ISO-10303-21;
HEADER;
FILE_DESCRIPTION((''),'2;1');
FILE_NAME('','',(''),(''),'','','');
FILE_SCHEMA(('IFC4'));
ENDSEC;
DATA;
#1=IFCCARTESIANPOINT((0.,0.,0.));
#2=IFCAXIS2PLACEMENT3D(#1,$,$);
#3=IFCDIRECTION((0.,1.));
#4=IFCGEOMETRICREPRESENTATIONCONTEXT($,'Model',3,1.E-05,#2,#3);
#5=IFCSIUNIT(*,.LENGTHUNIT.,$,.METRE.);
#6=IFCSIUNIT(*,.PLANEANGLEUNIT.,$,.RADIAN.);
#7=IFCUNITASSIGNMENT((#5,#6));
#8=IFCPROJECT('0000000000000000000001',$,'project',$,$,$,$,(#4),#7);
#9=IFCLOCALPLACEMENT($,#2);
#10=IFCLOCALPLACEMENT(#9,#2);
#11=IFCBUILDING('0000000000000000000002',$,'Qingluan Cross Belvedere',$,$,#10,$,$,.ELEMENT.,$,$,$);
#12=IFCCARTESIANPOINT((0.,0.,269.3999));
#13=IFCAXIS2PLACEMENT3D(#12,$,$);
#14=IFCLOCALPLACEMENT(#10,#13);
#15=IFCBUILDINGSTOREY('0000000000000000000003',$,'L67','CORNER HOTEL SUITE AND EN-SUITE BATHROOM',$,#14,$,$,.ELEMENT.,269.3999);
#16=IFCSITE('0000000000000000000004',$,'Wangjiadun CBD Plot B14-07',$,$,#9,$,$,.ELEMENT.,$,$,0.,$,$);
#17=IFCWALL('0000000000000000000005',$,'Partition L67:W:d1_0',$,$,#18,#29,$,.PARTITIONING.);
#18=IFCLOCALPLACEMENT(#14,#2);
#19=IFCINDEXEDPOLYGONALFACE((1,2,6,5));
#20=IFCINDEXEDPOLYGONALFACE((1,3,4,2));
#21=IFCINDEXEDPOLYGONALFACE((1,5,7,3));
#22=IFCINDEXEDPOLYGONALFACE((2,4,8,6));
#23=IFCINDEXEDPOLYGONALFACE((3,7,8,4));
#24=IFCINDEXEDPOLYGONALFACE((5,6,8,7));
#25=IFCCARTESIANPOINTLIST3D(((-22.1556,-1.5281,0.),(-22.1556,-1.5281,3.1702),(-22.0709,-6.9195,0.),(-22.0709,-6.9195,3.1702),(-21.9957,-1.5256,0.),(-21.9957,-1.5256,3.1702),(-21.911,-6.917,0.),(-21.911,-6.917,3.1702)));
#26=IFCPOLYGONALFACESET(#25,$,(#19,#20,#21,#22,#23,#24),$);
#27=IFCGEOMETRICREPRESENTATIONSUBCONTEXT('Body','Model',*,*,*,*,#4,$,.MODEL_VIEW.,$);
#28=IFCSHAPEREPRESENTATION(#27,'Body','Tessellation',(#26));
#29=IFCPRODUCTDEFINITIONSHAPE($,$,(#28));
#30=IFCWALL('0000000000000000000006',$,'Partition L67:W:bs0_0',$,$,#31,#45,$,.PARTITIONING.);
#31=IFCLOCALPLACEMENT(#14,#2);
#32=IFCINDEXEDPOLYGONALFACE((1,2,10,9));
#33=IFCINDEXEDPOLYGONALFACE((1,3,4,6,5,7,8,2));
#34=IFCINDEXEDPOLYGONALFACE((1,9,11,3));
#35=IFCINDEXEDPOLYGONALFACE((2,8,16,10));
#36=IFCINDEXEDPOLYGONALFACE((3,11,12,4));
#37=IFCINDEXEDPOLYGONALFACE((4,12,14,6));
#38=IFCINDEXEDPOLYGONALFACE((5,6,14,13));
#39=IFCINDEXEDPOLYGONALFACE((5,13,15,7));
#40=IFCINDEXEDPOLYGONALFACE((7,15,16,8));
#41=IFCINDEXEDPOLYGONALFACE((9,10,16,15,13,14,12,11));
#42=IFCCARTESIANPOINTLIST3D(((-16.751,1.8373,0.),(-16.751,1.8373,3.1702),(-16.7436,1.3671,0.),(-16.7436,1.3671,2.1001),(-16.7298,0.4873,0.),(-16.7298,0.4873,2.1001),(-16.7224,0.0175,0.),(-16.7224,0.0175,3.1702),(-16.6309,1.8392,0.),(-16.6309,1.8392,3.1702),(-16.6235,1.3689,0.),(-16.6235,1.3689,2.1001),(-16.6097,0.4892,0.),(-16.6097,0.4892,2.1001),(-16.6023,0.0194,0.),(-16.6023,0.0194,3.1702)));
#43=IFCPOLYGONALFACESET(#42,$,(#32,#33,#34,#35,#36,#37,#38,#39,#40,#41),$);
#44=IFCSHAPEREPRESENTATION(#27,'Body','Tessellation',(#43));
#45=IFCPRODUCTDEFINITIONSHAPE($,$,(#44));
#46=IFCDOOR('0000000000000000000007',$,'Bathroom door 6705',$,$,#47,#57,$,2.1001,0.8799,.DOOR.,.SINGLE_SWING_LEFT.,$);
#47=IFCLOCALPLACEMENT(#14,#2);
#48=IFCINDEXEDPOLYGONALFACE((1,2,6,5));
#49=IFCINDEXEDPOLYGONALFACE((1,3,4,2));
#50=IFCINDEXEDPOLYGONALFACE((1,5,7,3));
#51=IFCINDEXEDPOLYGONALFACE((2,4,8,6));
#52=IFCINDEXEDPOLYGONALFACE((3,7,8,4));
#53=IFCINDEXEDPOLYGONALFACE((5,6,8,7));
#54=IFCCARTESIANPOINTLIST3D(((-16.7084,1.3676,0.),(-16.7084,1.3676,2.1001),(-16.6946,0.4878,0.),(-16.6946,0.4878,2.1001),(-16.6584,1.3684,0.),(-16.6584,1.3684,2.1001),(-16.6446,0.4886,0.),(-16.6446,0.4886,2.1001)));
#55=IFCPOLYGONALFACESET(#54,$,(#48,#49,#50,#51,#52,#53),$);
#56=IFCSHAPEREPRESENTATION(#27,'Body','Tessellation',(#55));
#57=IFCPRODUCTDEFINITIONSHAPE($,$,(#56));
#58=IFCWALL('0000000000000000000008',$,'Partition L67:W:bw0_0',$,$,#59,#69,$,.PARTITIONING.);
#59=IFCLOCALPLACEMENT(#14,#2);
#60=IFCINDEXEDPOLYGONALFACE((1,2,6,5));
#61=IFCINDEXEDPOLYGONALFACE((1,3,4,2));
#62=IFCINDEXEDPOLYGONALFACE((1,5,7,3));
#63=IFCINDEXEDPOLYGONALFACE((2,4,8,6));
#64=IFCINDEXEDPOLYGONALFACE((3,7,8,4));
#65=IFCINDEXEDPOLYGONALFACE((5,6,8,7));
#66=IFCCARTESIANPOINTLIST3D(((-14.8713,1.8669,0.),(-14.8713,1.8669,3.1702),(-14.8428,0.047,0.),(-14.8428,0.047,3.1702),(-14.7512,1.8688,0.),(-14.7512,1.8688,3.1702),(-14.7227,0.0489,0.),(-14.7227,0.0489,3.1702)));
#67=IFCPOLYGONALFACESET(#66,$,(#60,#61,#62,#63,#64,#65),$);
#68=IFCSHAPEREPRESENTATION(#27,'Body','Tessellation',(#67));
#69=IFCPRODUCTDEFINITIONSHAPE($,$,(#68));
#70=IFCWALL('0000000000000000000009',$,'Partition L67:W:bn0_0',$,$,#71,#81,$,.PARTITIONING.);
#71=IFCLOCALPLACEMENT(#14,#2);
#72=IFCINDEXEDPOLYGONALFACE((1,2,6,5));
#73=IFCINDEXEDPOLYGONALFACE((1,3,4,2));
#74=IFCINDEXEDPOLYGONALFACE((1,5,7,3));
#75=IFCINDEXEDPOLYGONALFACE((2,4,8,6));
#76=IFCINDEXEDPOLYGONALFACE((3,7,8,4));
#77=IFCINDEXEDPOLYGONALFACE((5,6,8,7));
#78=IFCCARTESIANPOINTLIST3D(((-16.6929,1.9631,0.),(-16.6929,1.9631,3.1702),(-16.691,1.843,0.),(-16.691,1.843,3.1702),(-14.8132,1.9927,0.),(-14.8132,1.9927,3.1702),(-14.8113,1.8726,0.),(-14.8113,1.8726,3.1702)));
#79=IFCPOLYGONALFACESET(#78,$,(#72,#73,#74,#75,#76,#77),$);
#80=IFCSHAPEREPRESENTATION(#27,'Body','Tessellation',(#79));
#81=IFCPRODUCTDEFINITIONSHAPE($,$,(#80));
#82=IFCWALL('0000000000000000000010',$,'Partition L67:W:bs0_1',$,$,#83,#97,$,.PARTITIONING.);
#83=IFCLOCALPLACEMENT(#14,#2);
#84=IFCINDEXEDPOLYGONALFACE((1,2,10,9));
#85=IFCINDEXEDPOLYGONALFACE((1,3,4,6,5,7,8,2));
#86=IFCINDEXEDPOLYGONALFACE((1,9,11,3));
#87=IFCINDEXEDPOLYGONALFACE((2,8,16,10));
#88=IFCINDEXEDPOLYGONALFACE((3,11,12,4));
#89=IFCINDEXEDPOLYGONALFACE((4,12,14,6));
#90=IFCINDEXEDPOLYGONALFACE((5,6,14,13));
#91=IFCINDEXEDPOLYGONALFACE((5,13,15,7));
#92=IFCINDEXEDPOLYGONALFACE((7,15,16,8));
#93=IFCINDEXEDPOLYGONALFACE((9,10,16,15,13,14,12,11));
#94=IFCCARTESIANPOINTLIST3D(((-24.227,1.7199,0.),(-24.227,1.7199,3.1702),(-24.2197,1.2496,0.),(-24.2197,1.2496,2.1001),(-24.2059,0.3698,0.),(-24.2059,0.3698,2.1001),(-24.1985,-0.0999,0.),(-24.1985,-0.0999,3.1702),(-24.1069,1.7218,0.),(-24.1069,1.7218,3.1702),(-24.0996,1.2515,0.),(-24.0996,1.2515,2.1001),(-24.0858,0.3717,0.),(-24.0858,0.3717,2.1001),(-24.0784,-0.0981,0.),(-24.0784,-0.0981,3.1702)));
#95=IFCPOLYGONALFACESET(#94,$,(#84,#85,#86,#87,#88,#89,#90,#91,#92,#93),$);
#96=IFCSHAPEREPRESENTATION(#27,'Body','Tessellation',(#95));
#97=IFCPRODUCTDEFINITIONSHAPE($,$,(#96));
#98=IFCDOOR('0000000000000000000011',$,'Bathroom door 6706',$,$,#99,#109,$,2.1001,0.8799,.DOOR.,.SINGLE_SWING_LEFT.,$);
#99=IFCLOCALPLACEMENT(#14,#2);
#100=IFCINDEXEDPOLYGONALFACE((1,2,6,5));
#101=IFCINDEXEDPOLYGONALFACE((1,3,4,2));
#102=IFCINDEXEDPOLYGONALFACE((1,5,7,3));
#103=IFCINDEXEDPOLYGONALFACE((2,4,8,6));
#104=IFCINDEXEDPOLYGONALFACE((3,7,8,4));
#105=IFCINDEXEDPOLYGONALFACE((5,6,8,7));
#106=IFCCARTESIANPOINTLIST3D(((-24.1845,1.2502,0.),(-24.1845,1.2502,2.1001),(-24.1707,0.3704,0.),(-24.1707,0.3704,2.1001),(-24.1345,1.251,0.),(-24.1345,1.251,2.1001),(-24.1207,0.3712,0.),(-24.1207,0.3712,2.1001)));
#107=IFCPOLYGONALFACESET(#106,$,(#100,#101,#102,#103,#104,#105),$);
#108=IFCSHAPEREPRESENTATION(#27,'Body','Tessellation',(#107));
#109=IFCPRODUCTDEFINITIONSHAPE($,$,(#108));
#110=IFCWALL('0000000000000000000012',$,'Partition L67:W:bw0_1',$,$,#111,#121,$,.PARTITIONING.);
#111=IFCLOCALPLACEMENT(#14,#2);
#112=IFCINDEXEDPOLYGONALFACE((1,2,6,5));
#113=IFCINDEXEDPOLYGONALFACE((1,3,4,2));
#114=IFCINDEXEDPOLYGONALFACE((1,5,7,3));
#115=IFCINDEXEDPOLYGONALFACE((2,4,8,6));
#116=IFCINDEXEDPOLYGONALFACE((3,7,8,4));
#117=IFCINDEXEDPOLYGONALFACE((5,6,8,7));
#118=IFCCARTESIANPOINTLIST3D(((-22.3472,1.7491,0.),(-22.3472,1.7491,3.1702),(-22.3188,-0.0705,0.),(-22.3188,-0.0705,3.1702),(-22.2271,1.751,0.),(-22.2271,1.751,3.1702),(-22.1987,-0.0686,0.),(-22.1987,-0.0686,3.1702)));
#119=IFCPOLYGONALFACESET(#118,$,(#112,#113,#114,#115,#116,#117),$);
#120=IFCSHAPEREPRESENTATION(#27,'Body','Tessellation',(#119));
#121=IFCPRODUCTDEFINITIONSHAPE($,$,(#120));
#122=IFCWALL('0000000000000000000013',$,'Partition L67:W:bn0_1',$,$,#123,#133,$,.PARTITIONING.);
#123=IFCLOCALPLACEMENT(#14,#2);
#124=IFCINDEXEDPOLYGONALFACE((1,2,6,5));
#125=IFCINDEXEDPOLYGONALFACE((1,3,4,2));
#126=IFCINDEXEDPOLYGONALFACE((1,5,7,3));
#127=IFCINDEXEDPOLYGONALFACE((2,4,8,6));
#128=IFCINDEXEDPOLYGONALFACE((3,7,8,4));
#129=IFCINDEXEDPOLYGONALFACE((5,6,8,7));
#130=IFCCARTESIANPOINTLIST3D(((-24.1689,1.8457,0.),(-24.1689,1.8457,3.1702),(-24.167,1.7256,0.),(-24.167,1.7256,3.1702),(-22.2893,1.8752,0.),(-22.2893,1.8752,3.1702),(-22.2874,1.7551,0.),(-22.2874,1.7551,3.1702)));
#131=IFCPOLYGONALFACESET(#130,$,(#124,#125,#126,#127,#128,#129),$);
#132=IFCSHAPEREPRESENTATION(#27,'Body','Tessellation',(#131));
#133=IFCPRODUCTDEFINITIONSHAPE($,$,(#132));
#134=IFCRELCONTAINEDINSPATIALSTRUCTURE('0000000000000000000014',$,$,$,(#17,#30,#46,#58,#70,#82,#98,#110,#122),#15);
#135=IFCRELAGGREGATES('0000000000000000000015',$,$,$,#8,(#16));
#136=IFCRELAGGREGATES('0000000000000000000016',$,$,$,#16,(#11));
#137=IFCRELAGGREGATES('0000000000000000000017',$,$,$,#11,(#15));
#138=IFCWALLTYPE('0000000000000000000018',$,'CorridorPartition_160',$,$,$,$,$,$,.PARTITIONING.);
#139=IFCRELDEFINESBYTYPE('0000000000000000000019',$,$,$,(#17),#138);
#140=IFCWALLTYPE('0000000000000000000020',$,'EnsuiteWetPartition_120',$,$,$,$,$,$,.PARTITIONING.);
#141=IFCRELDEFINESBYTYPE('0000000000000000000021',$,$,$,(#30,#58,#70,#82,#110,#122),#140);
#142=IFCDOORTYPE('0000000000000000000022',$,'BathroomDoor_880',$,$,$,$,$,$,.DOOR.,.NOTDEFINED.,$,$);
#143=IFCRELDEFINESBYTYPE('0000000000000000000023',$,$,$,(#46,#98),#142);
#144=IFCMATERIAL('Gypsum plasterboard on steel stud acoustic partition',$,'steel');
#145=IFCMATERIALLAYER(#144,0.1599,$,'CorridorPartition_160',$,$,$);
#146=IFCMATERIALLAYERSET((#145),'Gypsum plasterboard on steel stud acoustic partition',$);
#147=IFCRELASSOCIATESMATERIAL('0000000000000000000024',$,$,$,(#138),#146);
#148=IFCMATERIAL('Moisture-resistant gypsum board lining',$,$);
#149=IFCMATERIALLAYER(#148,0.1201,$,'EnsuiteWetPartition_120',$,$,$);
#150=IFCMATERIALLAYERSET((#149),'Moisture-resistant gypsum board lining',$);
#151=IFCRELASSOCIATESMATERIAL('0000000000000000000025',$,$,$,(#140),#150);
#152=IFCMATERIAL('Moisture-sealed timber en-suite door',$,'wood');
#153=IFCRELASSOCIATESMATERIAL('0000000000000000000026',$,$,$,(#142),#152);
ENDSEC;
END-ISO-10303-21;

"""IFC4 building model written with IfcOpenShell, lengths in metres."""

from ifc_helpers import new_model, si_unit, direction, frame, frame_2d, origin, place, context, subcontext, project, spatial, rectangle, extrude, material, layer, layer_set, type_object, element, fill, save


model = new_model("IFC4")

# Units and contexts
model_context = context("Model", 3, precision=1e-05, world=origin(), true_north=direction((0.0, 1.0)))
body_context = subcontext(model_context, "Body", "Model", "MODEL_VIEW")
ifc_project = project(units=[si_unit("LENGTHUNIT", "METRE"), si_unit("PLANEANGLEUNIT", "RADIAN")], contexts=[model_context])

# Site, building, storey
site_placement = place(None, origin())
site = spatial("IfcSite", under=ifc_project, at=site_placement, Name="Wangjiadun CBD Plot B14-07", CompositionType="ELEMENT", RefElevation=0.0)
building_placement = place(site_placement, origin())
building = spatial("IfcBuilding", under=site, at=building_placement, Name="Qingluan Cross Belvedere", CompositionType="ELEMENT")
storey_placement = place(building_placement, frame((0.0, 0.0, 269.3999)))
storey = spatial("IfcBuildingStorey", under=building, at=storey_placement, Name="L67", Description="CORNER HOTEL SUITE AND EN-SUITE BATHROOM", CompositionType="ELEMENT", Elevation=269.3999)

# Shared definitions
ifc_material_1 = material(Name="Gypsum plasterboard on steel stud acoustic partition", Category="steel")
ifc_layer_1 = layer(ifc_material_1, 0.1599, Name="CorridorPartition_160")
ifc_layer_set_1 = layer_set([ifc_layer_1], Name="Gypsum plasterboard on steel stud acoustic partition")
wall_type_1 = type_object("IfcWallType", Name="CorridorPartition_160", PredefinedType="PARTITIONING", material=ifc_layer_set_1)

# Wall
wall_1_placement = place(storey_placement, frame((-22.0757, -1.5269, 0.0), z_axis=(0.0, 0.0, 1.0), x_axis=(0.015712, -0.999877, 0.0)))
element("IfcWall", 1, at=wall_1_placement, inside=storey, type_object=wall_type_1, Name="Partition L67:W:d1_0", PredefinedType="PARTITIONING", context=body_context, shape_type="SweptSolid", body=[
    extrude(rectangle(XDim=5.3921, YDim=0.1599, at=frame_2d((2.696, 0.0))), origin(), (0.0, 0.0, 1.0), 3.1702),
])

# Wall, opening, door
ifc_material_2 = material(Name="Moisture-resistant gypsum board lining")
ifc_layer_2 = layer(ifc_material_2, 0.1201, Name="EnsuiteWetPartition_120")
ifc_layer_set_2 = layer_set([ifc_layer_2], Name="Moisture-resistant gypsum board lining")
wall_type_2 = type_object("IfcWallType", Name="EnsuiteWetPartition_120", PredefinedType="PARTITIONING", material=ifc_layer_set_2)
wall_2_placement = place(storey_placement, frame((-16.6624, 0.0183, 0.0), z_axis=(0.0, 0.0, 1.0), x_axis=(-0.015694, 0.999877, 0.0)))
wall_2 = element("IfcWall", 2, at=wall_2_placement, inside=storey, type_object=wall_type_2, Name="Partition L67:W:bs0_0", PredefinedType="PARTITIONING", context=body_context, shape_type="SweptSolid", body=[
    extrude(rectangle(XDim=1.8201, YDim=0.1201, at=frame_2d((0.9102, 0.0))), origin(), (0.0, 0.0, 1.0), 3.1702),
])
opening_1_placement = place(wall_2_placement, frame((0.47, 0.0, 0.0)))
opening_1 = element("IfcOpeningElement", 3, at=opening_1_placement, cuts=wall_2, PredefinedType="OPENING", context=body_context, shape_type="SweptSolid", body=[
    extrude(rectangle(XDim=0.8799, YDim=2.1001, at=frame_2d((0.4399, 1.05))), frame((0.0, 0.0701, 0.0), z_axis=(0.0, -1.0, 0.0), x_axis=(1.0, 0.0, 0.0)), (0.0, 0.0, 1.0), 0.1401),
])
ifc_material_3 = material(Name="Moisture-sealed timber en-suite door", Category="wood")
door_type_1 = type_object("IfcDoorType", Name="BathroomDoor_880", OperationType="NOTDEFINED", PredefinedType="DOOR", material=ifc_material_3)
door_1_placement = place(opening_1_placement, origin())
door_1 = element("IfcDoor", 4, at=door_1_placement, inside=storey, type_object=door_type_1, Name="Bathroom door 6705", OperationType="SINGLE_SWING_LEFT", OverallHeight=2.1001, OverallWidth=0.8799, PredefinedType="DOOR", context=body_context, shape_type="SweptSolid", body=[
    extrude(rectangle(XDim=0.8799, YDim=2.1001, at=frame_2d((0.4399, 1.05))), frame((0.0, 0.0249, 0.0), z_axis=(0.0, -1.0, 0.0), x_axis=(1.0, 0.0, 0.0)), (0.0, 0.0, 1.0), 0.05),
])
fill(opening_1, door_1)

# Walls
wall_3_placement = place(storey_placement, frame((-14.7827, 0.0479, 0.0), z_axis=(0.0, 0.0, 1.0), x_axis=(-0.015694, 0.999877, 0.0)))
element("IfcWall", 5, at=wall_3_placement, inside=storey, type_object=wall_type_2, Name="Partition L67:W:bw0_0", PredefinedType="PARTITIONING", context=body_context, shape_type="SweptSolid", body=[
    extrude(rectangle(XDim=1.8201, YDim=0.1201, at=frame_2d((0.9102, 0.0))), origin(), (0.0, 0.0, 1.0), 3.1702),
])
wall_4_placement = place(storey_placement, frame((-14.8123, 1.9326, 0.0), z_axis=(0.0, 0.0, 1.0), x_axis=(-0.999877, -0.015714, 0.0)))
element("IfcWall", 6, at=wall_4_placement, inside=storey, type_object=wall_type_2, Name="Partition L67:W:bn0_0", PredefinedType="PARTITIONING", context=body_context, shape_type="SweptSolid", body=[
    extrude(rectangle(XDim=1.8799, YDim=0.1201, at=frame_2d((0.9399, 0.0))), origin(), (0.0, 0.0, 1.0), 3.1702),
])

# Wall, opening, door
wall_5_placement = place(storey_placement, frame((-24.1384, -0.0991, 0.0), z_axis=(0.0, 0.0, 1.0), x_axis=(-0.015694, 0.999877, 0.0)))
wall_5 = element("IfcWall", 7, at=wall_5_placement, inside=storey, type_object=wall_type_2, Name="Partition L67:W:bs0_1", PredefinedType="PARTITIONING", context=body_context, shape_type="SweptSolid", body=[
    extrude(rectangle(XDim=1.8201, YDim=0.1201, at=frame_2d((0.9102, 0.0))), origin(), (0.0, 0.0, 1.0), 3.1702),
])
opening_2_placement = place(wall_5_placement, frame((0.47, 0.0, 0.0)))
opening_2 = element("IfcOpeningElement", 8, at=opening_2_placement, cuts=wall_5, PredefinedType="OPENING", context=body_context, shape_type="SweptSolid", body=[
    extrude(rectangle(XDim=0.8799, YDim=2.1001, at=frame_2d((0.4399, 1.05))), frame((0.0, 0.0701, 0.0), z_axis=(0.0, -1.0, 0.0), x_axis=(1.0, 0.0, 0.0)), (0.0, 0.0, 1.0), 0.1401),
])
door_2_placement = place(opening_2_placement, origin())
door_2 = element("IfcDoor", 9, at=door_2_placement, inside=storey, type_object=door_type_1, Name="Bathroom door 6706", OperationType="SINGLE_SWING_LEFT", OverallHeight=2.1001, OverallWidth=0.8799, PredefinedType="DOOR", context=body_context, shape_type="SweptSolid", body=[
    extrude(rectangle(XDim=0.8799, YDim=2.1001, at=frame_2d((0.4399, 1.05))), frame((0.0, 0.0249, 0.0), z_axis=(0.0, -1.0, 0.0), x_axis=(1.0, 0.0, 0.0)), (0.0, 0.0, 1.0), 0.05),
])
fill(opening_2, door_2)

# Walls
wall_6_placement = place(storey_placement, frame((-22.2588, -0.0696, 0.0), z_axis=(0.0, 0.0, 1.0), x_axis=(-0.015562, 0.999879, 0.0)))
element("IfcWall", 10, at=wall_6_placement, inside=storey, type_object=wall_type_2, Name="Partition L67:W:bw0_1", PredefinedType="PARTITIONING", context=body_context, shape_type="SweptSolid", body=[
    extrude(rectangle(XDim=1.8198, YDim=0.1201, at=frame_2d((0.9099, 0.0))), origin(), (0.0, 0.0, 1.0), 3.1702),
])
wall_7_placement = place(storey_placement, frame((-22.2883, 1.8152, 0.0), z_axis=(0.0, 0.0, 1.0), x_axis=(-0.999877, -0.015714, 0.0)))
element("IfcWall", 11, at=wall_7_placement, inside=storey, type_object=wall_type_2, Name="Partition L67:W:bn0_1", PredefinedType="PARTITIONING", context=body_context, shape_type="SweptSolid", body=[
    extrude(rectangle(XDim=1.8799, YDim=0.1201, at=frame_2d((0.9399, 0.0))), origin(), (0.0, 0.0, 1.0), 3.1702),
])

save(model, "model.ifc")
